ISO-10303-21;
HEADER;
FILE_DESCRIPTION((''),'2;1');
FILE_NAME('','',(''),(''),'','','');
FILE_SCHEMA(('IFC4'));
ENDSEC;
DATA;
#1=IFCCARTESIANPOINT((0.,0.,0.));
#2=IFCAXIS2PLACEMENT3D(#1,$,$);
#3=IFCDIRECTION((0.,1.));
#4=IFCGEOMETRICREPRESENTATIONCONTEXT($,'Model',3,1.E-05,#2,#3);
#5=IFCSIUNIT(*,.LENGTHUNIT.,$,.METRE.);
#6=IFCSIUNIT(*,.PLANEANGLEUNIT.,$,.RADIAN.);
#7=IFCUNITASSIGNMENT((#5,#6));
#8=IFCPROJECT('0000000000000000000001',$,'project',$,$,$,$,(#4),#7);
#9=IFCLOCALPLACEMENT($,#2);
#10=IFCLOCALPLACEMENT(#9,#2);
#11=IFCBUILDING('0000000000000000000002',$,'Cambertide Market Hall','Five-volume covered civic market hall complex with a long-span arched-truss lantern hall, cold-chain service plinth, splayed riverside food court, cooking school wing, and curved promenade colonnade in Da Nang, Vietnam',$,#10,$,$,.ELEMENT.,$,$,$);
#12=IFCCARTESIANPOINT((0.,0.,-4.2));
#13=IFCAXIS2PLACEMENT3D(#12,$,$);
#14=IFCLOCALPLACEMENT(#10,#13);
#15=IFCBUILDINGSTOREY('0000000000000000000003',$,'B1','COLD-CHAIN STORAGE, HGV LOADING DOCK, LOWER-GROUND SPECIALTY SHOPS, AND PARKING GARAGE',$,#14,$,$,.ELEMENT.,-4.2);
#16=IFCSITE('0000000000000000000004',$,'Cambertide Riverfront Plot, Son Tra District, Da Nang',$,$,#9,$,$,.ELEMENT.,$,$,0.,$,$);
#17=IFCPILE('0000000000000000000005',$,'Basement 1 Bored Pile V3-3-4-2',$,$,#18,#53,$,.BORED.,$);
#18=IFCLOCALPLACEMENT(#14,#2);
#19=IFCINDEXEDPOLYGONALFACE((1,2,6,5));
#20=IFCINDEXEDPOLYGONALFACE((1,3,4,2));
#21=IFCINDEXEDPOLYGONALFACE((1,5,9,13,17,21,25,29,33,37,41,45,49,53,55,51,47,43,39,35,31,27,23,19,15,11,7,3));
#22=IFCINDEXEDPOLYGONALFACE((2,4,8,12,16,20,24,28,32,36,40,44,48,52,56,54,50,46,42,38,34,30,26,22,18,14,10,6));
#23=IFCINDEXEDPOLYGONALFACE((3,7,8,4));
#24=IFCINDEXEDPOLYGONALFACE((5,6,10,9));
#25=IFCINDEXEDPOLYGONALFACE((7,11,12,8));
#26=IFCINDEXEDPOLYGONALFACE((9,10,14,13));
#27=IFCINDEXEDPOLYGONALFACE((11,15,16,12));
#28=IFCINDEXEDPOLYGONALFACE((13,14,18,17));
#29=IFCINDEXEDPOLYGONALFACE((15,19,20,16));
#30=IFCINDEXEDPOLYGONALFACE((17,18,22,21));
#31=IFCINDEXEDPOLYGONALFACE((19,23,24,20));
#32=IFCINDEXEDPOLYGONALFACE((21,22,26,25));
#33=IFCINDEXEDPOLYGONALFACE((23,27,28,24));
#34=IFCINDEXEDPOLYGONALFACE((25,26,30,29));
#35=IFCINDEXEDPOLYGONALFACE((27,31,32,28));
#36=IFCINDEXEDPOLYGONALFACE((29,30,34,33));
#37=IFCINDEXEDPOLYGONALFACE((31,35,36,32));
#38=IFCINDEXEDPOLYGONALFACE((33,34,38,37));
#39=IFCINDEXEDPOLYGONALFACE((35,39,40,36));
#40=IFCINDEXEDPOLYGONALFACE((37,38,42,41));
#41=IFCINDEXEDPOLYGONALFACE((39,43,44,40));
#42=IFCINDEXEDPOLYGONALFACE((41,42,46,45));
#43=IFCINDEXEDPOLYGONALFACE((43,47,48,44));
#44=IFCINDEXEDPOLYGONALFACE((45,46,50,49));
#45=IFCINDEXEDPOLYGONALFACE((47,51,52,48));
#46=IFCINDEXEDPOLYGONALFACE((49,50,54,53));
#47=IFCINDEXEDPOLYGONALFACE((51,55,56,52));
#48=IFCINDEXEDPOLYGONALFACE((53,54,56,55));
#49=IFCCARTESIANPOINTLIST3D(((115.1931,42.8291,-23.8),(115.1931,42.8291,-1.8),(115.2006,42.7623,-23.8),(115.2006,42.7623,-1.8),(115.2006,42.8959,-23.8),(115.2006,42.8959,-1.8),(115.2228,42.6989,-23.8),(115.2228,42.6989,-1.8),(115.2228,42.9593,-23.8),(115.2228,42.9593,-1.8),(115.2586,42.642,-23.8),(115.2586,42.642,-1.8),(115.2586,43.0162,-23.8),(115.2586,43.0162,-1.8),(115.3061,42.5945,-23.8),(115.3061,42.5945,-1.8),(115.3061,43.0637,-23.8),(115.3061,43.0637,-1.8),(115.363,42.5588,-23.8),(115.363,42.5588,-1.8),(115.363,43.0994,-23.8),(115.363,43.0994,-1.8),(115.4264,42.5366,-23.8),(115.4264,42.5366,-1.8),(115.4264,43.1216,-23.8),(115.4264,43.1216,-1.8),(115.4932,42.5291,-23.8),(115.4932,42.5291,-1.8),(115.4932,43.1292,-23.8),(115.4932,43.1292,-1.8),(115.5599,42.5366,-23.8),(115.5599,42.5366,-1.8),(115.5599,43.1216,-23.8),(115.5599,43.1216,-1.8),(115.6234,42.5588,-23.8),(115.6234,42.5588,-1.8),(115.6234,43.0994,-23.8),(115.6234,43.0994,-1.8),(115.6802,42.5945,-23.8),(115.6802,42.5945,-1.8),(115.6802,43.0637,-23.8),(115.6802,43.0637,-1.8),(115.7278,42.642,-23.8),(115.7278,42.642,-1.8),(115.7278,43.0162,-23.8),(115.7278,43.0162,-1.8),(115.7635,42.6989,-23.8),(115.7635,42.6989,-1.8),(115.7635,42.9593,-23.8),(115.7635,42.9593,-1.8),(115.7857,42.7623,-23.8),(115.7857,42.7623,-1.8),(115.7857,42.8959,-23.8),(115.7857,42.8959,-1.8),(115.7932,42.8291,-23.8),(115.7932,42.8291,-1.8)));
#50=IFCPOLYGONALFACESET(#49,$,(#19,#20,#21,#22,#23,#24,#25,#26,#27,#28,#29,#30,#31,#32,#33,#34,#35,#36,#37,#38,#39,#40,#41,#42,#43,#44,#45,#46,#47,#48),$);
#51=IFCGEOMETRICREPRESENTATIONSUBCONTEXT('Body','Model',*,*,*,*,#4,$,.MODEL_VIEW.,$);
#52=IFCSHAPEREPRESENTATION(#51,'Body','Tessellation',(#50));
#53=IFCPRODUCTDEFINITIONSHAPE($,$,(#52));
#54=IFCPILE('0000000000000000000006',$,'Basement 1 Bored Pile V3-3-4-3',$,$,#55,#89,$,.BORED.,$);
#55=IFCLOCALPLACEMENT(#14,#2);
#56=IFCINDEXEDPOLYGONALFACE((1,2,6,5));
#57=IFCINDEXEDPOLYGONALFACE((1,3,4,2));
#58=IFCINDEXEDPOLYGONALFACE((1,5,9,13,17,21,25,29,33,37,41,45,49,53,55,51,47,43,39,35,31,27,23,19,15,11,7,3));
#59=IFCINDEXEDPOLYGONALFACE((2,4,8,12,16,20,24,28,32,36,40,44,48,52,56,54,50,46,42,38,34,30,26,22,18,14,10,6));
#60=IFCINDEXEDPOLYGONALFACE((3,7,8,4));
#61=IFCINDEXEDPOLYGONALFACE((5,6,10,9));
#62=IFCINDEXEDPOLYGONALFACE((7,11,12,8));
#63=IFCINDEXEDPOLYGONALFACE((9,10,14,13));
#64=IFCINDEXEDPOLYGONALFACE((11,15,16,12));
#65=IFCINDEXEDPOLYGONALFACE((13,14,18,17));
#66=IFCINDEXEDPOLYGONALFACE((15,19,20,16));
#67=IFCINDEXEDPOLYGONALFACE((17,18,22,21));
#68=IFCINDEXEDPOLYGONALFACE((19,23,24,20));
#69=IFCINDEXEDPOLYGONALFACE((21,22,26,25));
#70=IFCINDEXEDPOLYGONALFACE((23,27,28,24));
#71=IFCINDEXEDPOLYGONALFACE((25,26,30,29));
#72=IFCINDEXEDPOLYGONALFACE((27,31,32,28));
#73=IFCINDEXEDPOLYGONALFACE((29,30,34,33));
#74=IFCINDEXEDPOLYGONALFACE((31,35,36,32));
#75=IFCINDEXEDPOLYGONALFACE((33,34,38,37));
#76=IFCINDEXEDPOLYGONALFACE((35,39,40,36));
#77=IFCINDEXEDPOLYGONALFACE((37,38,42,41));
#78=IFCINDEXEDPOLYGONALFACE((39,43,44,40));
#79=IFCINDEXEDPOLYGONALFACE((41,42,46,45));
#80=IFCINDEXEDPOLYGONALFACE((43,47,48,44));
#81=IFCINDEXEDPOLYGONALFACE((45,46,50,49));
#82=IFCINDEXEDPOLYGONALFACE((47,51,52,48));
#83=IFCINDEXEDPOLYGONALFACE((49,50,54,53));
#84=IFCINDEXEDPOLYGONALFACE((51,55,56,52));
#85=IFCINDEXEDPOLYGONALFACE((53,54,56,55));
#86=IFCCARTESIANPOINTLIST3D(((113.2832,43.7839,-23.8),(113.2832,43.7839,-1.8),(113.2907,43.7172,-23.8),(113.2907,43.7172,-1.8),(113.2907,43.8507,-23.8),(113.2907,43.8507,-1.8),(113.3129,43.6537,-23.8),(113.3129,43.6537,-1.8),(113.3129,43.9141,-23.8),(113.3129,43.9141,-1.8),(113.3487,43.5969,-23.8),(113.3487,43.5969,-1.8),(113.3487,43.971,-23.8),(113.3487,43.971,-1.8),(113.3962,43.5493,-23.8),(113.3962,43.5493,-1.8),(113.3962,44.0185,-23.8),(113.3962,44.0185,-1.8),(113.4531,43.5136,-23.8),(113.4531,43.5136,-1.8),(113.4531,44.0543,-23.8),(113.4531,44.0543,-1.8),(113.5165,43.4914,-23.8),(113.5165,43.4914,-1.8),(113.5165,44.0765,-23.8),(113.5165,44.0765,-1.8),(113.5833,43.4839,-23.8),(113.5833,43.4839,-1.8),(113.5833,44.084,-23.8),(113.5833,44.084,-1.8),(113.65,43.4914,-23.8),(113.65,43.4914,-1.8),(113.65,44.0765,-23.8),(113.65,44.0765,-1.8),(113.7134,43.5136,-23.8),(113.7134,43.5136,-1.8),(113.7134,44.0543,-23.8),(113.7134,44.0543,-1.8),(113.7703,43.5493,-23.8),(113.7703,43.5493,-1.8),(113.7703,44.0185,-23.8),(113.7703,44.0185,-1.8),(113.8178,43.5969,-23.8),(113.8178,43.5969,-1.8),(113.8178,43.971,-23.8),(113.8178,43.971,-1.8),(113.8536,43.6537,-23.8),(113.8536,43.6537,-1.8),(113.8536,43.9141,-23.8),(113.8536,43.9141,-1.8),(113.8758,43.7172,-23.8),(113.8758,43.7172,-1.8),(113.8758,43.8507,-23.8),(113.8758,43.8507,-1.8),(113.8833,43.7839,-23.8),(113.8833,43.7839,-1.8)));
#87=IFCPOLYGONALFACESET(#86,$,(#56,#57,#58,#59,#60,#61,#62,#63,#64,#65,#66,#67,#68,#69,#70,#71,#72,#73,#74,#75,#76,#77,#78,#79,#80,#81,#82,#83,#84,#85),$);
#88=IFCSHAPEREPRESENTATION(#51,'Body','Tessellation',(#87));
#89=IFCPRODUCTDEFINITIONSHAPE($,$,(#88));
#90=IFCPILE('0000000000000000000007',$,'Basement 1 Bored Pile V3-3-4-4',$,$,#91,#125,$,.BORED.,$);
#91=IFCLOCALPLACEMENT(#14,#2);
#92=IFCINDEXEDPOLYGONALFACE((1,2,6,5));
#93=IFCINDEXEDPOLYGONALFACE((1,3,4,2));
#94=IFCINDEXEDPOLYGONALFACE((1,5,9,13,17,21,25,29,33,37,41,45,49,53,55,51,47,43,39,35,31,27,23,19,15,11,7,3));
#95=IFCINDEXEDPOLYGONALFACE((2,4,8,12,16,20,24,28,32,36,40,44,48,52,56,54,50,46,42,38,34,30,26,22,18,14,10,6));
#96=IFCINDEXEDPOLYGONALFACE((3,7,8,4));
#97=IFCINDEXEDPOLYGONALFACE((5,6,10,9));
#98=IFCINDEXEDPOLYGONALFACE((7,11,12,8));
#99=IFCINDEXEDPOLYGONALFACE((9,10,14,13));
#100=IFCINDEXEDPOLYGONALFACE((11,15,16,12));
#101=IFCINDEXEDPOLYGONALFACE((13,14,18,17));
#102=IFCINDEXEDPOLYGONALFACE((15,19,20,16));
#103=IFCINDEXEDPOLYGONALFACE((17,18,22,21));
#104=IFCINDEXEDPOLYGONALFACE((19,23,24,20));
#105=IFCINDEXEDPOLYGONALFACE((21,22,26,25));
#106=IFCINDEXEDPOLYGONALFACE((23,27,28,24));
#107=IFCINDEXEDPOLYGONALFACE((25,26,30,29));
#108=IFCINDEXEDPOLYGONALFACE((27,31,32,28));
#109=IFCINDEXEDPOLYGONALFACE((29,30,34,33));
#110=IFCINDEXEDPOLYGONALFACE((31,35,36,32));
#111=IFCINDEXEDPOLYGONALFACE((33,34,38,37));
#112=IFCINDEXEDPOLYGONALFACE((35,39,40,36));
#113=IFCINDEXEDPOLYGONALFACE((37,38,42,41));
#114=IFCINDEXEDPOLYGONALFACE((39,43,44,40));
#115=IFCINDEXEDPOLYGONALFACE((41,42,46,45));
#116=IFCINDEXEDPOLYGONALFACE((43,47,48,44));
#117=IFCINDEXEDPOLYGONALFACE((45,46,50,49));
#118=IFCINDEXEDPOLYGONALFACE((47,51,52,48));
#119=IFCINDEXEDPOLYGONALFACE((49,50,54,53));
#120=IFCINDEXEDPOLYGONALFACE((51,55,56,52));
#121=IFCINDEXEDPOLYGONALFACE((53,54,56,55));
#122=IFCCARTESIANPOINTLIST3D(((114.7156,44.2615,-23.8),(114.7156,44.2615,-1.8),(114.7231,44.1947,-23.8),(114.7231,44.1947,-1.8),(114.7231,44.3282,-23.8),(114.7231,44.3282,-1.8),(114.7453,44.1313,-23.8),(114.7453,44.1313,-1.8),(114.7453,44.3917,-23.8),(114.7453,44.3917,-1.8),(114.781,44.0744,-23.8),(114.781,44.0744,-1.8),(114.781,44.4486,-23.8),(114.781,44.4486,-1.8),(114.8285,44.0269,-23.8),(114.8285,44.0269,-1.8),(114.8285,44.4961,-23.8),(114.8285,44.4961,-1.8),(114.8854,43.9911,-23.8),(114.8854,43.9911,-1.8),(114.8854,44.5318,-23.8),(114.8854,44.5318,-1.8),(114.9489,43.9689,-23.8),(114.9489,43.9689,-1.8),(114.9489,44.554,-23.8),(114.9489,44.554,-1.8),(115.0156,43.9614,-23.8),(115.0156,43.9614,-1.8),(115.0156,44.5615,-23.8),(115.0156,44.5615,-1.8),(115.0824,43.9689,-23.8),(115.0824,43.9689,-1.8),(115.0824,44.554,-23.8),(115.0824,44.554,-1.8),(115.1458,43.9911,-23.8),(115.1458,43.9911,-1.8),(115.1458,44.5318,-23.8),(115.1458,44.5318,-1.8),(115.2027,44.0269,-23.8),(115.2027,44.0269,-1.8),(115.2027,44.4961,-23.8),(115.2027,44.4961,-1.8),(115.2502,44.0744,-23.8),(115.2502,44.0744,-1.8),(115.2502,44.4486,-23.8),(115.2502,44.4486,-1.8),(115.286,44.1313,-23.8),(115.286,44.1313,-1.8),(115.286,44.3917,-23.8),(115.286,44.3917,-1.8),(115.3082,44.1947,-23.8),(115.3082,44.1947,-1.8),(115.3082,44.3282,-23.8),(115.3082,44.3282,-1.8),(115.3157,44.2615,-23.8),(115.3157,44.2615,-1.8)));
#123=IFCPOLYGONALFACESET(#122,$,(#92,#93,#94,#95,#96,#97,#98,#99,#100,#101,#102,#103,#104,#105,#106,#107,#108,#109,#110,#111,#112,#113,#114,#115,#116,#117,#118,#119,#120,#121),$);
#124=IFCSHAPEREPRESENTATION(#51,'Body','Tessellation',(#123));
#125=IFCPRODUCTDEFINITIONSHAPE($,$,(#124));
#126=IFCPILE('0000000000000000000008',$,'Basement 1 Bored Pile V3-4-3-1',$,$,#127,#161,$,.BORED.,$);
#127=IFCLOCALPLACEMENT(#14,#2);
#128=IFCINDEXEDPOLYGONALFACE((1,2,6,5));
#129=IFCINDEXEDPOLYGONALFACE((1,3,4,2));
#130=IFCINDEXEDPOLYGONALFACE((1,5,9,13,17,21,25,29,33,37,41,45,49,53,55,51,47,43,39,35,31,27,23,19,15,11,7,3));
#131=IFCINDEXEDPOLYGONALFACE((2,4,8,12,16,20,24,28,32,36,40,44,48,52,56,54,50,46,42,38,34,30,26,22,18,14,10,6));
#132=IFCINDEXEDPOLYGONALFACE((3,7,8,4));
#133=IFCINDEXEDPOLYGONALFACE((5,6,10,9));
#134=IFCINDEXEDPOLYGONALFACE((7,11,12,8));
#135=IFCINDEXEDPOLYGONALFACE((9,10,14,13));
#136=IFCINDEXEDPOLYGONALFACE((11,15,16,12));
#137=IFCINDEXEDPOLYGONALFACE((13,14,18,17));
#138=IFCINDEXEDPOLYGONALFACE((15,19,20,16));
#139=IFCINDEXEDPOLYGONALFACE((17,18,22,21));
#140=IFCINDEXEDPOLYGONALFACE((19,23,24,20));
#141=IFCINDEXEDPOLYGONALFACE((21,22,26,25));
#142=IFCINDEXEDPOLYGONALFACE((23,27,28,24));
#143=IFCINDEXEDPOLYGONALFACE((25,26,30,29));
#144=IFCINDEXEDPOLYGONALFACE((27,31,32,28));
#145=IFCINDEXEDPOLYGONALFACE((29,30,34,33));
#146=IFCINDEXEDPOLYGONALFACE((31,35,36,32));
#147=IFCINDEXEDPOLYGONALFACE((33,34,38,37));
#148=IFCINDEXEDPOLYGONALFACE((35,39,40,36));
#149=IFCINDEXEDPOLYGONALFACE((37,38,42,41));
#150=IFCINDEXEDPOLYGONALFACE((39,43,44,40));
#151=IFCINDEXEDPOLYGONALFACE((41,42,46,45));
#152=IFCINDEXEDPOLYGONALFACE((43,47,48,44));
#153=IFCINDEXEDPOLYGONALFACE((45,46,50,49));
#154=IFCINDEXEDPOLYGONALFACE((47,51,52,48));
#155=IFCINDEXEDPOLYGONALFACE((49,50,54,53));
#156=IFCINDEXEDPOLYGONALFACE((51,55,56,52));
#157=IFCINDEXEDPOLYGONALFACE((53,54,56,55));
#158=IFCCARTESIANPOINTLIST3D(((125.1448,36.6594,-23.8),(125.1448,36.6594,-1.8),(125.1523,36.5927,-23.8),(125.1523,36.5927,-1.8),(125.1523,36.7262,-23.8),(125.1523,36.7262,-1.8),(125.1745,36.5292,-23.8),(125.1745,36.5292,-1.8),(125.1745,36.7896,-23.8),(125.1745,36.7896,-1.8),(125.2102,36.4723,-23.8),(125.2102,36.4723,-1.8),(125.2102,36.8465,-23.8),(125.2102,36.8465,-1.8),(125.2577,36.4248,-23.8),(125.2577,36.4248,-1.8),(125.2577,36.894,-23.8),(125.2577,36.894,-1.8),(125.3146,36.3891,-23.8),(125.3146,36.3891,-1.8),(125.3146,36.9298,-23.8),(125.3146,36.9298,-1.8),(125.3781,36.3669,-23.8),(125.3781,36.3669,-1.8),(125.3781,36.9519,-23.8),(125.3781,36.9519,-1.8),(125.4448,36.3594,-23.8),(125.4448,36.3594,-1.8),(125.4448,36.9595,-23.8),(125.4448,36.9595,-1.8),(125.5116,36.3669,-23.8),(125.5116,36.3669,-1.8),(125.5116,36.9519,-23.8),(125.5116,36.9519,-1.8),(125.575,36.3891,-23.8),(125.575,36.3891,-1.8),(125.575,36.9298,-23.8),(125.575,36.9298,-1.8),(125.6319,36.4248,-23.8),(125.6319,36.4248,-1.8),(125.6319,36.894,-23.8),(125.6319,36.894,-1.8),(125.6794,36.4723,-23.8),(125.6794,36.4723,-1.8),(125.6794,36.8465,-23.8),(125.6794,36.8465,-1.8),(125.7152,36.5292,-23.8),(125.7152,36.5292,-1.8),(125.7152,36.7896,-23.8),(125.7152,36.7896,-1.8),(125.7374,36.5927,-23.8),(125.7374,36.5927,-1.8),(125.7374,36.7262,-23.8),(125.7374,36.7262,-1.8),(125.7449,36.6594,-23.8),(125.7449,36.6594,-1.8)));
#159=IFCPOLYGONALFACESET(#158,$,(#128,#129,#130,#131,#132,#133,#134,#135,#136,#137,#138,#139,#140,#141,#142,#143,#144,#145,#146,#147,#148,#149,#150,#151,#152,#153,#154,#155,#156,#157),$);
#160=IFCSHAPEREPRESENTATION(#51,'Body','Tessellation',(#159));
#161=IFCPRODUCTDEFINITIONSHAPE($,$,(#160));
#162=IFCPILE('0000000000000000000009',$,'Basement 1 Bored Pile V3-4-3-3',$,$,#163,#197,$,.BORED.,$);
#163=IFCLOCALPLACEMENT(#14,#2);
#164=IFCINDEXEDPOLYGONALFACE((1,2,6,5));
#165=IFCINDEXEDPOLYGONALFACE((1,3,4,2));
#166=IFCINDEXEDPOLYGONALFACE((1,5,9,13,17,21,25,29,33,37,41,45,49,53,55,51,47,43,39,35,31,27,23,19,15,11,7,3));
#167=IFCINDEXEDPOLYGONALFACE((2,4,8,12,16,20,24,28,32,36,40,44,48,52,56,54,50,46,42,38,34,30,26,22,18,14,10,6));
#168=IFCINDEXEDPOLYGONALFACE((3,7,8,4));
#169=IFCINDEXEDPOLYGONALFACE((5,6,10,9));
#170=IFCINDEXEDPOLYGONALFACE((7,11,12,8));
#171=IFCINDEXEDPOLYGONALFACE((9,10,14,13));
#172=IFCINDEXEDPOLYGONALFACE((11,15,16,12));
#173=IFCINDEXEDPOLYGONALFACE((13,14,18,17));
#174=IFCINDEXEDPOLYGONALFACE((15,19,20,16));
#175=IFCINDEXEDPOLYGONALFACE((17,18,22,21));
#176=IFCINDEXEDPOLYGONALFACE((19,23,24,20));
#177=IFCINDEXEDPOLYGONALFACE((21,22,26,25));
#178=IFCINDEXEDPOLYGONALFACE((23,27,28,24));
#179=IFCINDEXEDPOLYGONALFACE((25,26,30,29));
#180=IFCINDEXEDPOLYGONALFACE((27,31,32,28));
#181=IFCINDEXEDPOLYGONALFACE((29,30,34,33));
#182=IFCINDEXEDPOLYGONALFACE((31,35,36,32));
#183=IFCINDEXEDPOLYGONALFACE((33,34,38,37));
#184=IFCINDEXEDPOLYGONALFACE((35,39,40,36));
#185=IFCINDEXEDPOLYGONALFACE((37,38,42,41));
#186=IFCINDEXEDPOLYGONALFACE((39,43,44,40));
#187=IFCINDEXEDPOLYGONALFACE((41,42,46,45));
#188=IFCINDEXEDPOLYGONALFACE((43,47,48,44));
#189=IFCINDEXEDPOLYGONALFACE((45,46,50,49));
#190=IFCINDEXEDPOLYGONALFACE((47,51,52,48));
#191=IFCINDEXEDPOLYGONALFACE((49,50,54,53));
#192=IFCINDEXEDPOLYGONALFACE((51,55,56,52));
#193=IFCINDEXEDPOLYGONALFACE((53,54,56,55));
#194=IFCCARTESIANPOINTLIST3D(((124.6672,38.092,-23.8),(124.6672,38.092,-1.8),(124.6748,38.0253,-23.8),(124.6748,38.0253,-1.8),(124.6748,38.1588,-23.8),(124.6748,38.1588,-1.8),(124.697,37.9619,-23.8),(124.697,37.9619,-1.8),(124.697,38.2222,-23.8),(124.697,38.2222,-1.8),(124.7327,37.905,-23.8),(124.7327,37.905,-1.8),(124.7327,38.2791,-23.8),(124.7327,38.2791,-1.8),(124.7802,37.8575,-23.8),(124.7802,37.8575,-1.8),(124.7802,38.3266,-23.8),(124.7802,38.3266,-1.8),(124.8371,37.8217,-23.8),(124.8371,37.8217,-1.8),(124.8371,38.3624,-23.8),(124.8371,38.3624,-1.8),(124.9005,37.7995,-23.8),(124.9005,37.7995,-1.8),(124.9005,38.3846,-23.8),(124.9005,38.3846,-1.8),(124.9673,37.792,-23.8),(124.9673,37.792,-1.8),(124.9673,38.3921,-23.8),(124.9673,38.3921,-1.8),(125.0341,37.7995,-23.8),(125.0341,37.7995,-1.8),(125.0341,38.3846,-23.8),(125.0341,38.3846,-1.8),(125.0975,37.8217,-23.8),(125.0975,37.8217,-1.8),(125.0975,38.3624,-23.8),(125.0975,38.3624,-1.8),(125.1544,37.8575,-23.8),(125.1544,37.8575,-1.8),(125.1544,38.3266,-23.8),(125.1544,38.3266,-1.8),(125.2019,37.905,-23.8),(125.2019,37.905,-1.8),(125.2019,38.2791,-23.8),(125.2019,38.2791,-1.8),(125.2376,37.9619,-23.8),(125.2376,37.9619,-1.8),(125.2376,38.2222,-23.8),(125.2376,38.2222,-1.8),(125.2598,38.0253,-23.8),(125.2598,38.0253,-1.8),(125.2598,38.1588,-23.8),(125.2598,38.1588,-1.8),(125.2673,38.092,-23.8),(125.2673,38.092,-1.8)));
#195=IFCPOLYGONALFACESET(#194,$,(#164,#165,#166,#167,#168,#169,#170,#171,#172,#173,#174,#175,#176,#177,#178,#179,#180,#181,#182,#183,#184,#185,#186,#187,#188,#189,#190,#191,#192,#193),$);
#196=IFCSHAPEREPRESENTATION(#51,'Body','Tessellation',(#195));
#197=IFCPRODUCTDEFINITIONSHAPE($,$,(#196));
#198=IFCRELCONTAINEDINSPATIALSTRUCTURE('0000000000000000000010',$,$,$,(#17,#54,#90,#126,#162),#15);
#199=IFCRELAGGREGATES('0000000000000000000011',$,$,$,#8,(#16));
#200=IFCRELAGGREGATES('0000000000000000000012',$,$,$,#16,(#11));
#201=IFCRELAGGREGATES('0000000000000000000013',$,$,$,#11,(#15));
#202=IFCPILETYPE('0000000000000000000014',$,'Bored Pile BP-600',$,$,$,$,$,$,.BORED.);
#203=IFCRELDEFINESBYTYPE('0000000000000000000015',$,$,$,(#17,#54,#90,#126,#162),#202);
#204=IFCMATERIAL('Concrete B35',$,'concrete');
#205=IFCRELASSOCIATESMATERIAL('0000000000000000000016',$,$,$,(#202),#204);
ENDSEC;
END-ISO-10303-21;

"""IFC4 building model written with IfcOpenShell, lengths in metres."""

from ifc_helpers import new_model, si_unit, direction, frame, origin, origin_2d, place, context, subcontext, project, spatial, circle, extrude, material, material_profile, profile_set, type_object, element, save


model = new_model("IFC4")

# Units and contexts
model_context = context("Model", 3, precision=1e-05, world=origin(), true_north=direction((0.0, 1.0)))
body_context = subcontext(model_context, "Body", "Model", "MODEL_VIEW")
ifc_project = project(units=[si_unit("LENGTHUNIT", "METRE"), si_unit("PLANEANGLEUNIT", "RADIAN")], contexts=[model_context])

# Site, building, storey
site_placement = place(None, origin())
site = spatial("IfcSite", under=ifc_project, at=site_placement, Name="Cambertide Riverfront Plot, Son Tra District, Da Nang", CompositionType="ELEMENT", RefElevation=0.0)
building_placement = place(site_placement, origin())
building = spatial("IfcBuilding", under=site, at=building_placement, Name="Cambertide Market Hall", Description="Five-volume covered civic market hall complex with a long-span arched-truss lantern hall, cold-chain service plinth, splayed riverside food court, cooking school wing, and curved promenade colonnade in Da Nang, Vietnam", CompositionType="ELEMENT")
storey_placement = place(building_placement, frame((0.0, 0.0, -4.2)))
storey = spatial("IfcBuildingStorey", under=building, at=storey_placement, Name="B1", Description="COLD-CHAIN STORAGE, HGV LOADING DOCK, LOWER-GROUND SPECIALTY SHOPS, AND PARKING GARAGE", CompositionType="ELEMENT", Elevation=-4.2)

# Piles
ifc_material_1 = material(Name="Concrete B35", Category="concrete")
ifc_material_profile_1 = material_profile(ifc_material_1, circle(Radius=0.3, at=origin_2d()), Name="BP D600")
ifc_profile_set_1 = profile_set([ifc_material_profile_1], Name="Concrete B35")
pile_type = type_object("IfcPileType", Name="Bored Pile BP-600", PredefinedType="BORED", material=ifc_profile_set_1)
for number, where, z_axis, x_axis, name in (
    (1, (115.4932, 42.8291, -1.8), (0.0, 0.0, -1.0), (1.0, 0.0, 0.0), "Basement 1 Bored Pile V3-3-4-2"),
    (2, (113.5833, 43.7839, -1.8), (0.0, 0.0, -1.0), (1.0, 0.0, 0.0), "Basement 1 Bored Pile V3-3-4-3"),
    (3, (115.0156, 44.2615, -1.8), (0.0, 0.0, -1.0), (1.0, 0.0, 0.0), "Basement 1 Bored Pile V3-3-4-4"),
    (4, (125.4448, 36.6594, -1.8), (0.0, 0.0, -1.0), (1.0, 0.0, 0.0), "Basement 1 Bored Pile V3-4-3-1"),
    (5, (124.9673, 38.092, -1.8), (0.0, 0.0, -1.0), (1.0, 0.0, 0.0), "Basement 1 Bored Pile V3-4-3-3"),
):
    element("IfcPile", number, at=place(storey_placement, frame(where, z_axis=z_axis, x_axis=x_axis)), inside=storey, type_object=pile_type, Name=name, PredefinedType="BORED", context=body_context, shape_type="SweptSolid", body=[
        extrude(circle(Radius=0.3, at=origin_2d()), origin(), (0.0, 0.0, 1.0), 22.0),
    ])

save(model, "model.ifc")
